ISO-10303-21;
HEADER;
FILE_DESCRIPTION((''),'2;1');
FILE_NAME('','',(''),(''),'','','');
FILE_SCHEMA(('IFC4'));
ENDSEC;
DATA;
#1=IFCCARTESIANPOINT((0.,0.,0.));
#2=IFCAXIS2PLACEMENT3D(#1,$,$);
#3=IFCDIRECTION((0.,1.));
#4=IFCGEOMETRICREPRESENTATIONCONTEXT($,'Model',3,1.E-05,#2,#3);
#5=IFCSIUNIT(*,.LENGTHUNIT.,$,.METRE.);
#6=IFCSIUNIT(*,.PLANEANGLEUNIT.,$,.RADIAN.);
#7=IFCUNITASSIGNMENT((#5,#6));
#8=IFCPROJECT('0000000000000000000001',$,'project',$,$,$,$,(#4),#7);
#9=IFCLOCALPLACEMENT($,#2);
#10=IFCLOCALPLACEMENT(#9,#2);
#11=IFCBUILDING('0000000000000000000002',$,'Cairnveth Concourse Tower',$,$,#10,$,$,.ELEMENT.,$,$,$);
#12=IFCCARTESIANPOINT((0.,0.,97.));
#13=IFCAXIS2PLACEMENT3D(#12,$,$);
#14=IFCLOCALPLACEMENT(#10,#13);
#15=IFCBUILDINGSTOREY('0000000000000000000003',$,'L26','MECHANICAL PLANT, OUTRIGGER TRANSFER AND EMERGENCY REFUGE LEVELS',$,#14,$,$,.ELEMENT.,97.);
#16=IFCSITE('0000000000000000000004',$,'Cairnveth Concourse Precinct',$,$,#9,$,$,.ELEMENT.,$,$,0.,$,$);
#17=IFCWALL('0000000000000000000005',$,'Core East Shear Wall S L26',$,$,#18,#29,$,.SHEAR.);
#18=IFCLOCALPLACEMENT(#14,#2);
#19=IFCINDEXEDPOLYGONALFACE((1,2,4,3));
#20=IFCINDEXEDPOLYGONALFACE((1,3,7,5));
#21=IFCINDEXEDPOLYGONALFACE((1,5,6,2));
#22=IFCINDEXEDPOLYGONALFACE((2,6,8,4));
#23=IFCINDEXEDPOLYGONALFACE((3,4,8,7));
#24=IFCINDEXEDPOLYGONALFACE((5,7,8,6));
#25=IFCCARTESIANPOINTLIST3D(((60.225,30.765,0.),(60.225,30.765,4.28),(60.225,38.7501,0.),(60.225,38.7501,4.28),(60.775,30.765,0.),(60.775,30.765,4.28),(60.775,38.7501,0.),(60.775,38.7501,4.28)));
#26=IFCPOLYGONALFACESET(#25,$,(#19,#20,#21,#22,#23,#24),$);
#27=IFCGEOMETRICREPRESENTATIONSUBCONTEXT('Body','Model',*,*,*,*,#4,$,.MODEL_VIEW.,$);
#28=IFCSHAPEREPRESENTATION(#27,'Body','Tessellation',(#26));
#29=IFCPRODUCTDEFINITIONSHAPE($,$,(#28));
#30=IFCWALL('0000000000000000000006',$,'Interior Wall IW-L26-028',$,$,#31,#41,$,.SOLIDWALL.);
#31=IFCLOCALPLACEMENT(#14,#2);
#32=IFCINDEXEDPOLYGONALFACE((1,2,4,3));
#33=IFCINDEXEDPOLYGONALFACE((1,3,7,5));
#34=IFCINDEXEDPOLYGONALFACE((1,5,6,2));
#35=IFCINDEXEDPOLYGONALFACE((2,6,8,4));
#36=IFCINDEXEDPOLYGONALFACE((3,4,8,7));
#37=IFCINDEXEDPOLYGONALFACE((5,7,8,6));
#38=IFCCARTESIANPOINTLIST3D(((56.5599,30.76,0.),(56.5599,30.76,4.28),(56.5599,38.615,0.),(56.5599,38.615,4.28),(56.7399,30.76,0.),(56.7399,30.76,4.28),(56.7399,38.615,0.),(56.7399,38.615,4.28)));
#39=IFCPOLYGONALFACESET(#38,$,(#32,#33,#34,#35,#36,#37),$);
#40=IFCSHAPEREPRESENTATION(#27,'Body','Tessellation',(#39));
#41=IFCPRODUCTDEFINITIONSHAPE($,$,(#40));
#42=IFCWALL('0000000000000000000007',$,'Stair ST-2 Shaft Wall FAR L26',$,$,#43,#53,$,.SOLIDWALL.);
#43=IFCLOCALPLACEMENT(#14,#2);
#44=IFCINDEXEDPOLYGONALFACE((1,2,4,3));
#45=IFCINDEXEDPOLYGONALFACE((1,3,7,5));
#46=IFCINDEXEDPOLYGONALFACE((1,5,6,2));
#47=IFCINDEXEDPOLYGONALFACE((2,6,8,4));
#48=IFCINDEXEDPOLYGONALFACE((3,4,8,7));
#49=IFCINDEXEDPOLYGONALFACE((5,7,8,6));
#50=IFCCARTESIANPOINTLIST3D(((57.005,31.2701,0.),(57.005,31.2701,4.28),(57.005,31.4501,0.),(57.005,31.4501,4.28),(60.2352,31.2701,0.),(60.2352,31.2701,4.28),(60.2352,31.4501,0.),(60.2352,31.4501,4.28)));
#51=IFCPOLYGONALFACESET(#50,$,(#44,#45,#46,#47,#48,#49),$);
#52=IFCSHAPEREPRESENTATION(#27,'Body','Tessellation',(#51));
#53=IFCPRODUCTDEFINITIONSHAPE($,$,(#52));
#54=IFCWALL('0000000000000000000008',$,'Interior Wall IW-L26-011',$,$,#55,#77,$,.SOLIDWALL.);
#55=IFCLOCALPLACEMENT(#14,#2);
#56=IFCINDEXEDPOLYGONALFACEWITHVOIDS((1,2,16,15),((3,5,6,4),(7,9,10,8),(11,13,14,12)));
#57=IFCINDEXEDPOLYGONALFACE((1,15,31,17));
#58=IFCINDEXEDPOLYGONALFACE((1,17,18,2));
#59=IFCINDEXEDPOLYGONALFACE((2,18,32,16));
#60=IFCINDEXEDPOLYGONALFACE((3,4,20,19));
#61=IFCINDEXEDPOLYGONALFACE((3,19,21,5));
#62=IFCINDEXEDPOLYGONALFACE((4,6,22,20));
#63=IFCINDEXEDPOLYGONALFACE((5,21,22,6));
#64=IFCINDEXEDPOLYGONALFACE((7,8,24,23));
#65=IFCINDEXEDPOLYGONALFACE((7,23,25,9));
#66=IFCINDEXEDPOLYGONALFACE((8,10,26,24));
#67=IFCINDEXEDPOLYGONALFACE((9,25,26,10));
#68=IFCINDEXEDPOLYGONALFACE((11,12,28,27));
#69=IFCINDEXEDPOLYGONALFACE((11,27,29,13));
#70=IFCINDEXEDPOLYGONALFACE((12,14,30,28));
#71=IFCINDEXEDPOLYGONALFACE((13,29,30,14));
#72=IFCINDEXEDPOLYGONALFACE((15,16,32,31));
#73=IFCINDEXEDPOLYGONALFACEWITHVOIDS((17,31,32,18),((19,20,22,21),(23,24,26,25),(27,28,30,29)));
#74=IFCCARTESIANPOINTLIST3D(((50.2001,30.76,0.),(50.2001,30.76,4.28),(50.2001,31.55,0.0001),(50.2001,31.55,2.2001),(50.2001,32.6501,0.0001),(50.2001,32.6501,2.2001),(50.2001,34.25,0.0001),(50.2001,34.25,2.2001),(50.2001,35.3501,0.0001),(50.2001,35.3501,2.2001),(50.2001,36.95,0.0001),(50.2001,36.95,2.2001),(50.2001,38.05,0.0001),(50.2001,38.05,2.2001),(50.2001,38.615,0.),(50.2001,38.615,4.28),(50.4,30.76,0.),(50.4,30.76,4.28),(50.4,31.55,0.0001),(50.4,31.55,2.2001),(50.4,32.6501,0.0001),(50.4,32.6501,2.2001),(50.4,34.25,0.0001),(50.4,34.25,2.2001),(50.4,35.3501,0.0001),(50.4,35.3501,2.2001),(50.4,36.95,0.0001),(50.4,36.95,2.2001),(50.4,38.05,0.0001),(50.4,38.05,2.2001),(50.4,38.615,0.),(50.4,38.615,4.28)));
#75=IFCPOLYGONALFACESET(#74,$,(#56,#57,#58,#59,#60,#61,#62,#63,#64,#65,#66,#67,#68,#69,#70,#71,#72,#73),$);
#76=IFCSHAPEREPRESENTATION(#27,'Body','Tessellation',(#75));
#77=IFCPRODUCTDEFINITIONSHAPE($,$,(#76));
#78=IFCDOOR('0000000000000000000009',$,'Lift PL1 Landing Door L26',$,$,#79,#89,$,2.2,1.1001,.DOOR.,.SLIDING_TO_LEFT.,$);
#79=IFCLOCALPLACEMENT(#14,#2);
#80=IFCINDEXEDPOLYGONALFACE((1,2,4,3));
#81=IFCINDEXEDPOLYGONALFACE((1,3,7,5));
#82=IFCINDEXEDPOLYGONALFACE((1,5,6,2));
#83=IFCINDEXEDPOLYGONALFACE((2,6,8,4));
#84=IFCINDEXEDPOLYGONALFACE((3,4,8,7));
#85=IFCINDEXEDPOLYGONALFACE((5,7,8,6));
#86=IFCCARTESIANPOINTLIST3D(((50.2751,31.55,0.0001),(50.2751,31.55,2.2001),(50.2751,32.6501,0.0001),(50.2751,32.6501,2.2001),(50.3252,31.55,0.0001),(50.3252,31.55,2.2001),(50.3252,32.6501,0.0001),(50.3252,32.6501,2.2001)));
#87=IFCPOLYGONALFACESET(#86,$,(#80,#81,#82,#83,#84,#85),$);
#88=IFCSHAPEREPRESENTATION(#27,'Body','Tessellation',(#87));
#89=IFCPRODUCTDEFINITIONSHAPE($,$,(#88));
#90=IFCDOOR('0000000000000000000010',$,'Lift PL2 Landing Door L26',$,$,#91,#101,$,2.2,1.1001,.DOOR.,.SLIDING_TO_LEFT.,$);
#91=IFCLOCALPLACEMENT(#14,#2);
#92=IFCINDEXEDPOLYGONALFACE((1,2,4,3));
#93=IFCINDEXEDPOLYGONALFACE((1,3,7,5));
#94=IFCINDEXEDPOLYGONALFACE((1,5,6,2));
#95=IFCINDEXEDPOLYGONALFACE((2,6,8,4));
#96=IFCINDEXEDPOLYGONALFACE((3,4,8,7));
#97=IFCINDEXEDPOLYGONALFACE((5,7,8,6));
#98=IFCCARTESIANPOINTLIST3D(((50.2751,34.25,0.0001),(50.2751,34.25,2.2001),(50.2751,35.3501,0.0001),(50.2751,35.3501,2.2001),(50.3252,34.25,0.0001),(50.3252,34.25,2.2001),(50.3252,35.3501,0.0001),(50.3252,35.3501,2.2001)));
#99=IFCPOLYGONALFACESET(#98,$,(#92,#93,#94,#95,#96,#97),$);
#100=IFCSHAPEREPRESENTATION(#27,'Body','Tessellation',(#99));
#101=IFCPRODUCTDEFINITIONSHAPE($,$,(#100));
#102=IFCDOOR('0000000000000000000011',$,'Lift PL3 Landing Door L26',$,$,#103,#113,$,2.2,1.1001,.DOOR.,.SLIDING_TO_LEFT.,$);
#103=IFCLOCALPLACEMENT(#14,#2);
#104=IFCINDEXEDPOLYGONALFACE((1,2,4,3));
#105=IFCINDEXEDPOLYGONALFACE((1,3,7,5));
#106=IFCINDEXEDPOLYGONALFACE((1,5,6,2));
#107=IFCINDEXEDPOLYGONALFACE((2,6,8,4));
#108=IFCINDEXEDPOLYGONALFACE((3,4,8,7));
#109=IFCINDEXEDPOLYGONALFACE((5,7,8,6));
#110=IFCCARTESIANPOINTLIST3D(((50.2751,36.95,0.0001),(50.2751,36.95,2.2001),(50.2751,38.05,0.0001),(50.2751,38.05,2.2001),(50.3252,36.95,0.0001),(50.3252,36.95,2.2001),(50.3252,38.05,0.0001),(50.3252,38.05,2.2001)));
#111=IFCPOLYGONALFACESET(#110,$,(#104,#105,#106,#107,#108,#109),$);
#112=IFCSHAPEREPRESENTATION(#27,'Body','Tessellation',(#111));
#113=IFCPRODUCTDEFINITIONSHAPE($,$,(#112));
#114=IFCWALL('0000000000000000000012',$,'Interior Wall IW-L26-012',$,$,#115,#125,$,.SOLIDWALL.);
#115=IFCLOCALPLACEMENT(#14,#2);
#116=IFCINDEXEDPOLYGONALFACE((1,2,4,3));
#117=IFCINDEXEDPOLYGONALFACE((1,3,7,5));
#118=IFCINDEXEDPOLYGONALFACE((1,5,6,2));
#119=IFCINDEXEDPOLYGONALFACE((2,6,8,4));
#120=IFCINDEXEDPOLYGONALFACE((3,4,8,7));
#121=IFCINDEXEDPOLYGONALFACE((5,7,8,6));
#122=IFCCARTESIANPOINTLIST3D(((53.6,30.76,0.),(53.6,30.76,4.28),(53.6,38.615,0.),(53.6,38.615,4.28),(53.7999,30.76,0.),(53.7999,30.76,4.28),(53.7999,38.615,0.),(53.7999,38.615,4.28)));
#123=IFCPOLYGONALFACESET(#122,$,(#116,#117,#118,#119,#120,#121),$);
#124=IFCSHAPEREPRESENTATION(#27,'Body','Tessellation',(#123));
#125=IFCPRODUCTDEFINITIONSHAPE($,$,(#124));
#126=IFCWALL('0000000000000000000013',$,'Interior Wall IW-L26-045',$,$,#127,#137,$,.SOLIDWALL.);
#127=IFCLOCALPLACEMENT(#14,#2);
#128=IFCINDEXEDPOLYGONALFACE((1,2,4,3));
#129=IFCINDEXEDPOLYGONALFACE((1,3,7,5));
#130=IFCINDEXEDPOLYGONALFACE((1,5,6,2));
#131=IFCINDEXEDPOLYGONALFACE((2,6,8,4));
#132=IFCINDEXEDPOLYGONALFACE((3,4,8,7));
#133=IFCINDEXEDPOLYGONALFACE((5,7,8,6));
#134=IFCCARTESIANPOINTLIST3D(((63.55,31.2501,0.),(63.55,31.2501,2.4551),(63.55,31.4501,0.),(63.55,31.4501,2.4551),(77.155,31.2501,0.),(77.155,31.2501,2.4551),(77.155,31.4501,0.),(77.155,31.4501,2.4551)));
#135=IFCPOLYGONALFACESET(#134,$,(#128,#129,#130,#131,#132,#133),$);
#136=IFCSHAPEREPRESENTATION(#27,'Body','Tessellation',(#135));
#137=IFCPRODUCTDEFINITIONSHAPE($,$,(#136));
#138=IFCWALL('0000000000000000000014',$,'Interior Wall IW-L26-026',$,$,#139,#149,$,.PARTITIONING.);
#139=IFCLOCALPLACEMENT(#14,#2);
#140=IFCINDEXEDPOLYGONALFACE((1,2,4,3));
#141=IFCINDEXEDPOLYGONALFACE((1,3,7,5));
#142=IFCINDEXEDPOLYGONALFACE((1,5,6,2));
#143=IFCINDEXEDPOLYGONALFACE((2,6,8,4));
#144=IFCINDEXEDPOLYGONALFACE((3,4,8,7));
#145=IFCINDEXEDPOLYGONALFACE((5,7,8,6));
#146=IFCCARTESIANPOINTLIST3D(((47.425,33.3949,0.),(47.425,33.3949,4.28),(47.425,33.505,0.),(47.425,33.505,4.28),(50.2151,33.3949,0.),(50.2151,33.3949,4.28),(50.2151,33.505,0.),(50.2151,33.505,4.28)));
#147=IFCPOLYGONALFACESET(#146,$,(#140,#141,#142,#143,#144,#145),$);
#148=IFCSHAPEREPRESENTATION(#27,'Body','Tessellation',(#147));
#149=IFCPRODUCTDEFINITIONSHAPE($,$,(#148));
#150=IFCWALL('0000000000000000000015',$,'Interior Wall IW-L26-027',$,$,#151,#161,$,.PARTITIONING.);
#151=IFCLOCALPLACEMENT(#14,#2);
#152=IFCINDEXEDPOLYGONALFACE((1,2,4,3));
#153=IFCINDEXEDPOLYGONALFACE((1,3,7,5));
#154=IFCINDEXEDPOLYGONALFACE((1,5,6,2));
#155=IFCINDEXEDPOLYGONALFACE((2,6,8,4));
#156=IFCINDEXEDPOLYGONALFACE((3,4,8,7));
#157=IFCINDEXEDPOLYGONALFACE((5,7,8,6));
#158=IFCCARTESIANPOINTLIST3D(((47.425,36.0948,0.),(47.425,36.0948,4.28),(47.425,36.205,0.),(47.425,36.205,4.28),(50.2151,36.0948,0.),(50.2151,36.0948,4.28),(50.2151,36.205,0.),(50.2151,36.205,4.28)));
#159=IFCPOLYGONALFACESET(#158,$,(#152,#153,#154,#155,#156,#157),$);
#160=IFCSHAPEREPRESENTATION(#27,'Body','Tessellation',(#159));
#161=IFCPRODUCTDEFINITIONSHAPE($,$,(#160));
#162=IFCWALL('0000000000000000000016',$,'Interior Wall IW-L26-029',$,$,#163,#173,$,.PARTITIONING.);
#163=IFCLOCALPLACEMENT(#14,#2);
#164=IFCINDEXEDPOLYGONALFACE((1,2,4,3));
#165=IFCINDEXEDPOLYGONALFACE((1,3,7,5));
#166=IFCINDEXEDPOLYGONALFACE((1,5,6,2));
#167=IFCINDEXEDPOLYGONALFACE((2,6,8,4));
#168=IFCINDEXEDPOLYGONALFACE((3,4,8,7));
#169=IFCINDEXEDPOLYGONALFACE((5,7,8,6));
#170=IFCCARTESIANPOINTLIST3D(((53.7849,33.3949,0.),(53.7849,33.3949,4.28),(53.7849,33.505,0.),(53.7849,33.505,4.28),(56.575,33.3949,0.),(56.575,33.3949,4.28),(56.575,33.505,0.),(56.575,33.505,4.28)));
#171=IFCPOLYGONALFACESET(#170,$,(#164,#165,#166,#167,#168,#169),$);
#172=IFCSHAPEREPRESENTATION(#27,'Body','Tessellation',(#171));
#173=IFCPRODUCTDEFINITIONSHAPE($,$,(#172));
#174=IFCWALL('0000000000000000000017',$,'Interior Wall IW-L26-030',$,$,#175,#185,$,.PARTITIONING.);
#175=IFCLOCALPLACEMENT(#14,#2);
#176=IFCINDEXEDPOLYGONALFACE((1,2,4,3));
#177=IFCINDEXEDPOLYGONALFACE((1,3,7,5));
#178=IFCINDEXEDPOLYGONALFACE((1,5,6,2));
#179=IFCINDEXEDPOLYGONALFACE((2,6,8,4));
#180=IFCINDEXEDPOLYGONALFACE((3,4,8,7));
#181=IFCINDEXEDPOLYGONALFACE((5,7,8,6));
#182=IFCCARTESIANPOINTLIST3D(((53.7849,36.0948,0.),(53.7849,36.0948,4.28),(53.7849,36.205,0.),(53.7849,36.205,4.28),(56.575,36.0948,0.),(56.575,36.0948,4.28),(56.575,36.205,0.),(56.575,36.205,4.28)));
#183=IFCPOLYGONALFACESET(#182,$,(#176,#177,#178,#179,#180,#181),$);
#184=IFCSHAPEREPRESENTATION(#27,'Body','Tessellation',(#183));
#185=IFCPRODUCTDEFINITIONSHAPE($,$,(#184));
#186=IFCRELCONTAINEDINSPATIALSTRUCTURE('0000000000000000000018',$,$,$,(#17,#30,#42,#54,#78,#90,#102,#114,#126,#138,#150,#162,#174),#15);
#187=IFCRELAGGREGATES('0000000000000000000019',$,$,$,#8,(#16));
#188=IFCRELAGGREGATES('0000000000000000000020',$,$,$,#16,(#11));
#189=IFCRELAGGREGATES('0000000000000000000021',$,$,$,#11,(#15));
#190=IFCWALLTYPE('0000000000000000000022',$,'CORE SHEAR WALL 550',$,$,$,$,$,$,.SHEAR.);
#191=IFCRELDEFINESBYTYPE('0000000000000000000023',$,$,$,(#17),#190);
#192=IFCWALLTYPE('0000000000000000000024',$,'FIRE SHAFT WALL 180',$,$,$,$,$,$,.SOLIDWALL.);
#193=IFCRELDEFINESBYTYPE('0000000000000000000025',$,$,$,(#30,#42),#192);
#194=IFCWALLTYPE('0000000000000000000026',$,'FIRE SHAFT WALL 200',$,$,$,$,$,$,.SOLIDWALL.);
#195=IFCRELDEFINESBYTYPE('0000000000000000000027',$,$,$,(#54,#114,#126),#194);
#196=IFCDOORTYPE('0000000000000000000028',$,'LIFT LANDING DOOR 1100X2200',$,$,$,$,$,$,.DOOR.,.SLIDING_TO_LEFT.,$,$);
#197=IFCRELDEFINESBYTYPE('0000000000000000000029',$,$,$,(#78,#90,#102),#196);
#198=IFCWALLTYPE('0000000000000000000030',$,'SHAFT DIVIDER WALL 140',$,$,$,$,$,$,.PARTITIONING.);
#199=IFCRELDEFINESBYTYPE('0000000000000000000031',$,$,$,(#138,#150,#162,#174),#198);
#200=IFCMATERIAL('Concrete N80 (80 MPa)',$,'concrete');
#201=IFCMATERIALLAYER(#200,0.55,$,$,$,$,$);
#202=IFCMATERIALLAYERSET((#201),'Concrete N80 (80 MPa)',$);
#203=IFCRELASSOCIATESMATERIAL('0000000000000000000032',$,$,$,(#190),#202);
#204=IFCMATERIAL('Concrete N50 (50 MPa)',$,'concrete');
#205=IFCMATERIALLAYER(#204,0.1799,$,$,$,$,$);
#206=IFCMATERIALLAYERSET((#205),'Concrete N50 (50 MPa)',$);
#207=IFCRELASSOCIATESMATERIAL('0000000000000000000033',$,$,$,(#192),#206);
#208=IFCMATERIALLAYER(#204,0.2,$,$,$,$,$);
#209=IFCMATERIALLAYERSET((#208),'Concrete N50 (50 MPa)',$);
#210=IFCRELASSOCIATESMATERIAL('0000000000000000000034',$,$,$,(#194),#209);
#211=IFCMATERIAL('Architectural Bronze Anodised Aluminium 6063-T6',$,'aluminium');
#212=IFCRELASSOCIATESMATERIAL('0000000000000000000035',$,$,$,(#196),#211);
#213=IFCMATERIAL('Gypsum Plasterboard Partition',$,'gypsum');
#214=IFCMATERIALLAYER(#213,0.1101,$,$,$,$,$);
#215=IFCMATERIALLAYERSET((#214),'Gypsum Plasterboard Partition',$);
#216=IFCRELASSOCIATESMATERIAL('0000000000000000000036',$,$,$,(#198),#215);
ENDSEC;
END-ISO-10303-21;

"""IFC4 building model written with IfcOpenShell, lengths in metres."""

from ifc_helpers import new_model, si_unit, direction, frame, frame_2d, origin, place, context, subcontext, project, spatial, rectangle, extrude, material, layer, layer_set, type_object, element, fill, save


model = new_model("IFC4")

# Units and contexts
model_context = context("Model", 3, precision=1e-05, world=origin(), true_north=direction((0.0, 1.0)))
body_context = subcontext(model_context, "Body", "Model", "MODEL_VIEW")
ifc_project = project(units=[si_unit("LENGTHUNIT", "METRE"), si_unit("PLANEANGLEUNIT", "RADIAN")], contexts=[model_context])

# Site, building, storey
site_placement = place(None, origin())
site = spatial("IfcSite", under=ifc_project, at=site_placement, Name="Cairnveth Concourse Precinct", CompositionType="ELEMENT", RefElevation=0.0)
building_placement = place(site_placement, origin())
building = spatial("IfcBuilding", under=site, at=building_placement, Name="Cairnveth Concourse Tower", CompositionType="ELEMENT")
storey_placement = place(building_placement, frame((0.0, 0.0, 97.0)))
storey = spatial("IfcBuildingStorey", under=building, at=storey_placement, Name="L26", Description="MECHANICAL PLANT, OUTRIGGER TRANSFER AND EMERGENCY REFUGE LEVELS", CompositionType="ELEMENT", Elevation=97.0)

# Walls
ifc_material_1 = material(Name="Concrete N80 (80 MPa)", Category="concrete")
ifc_layer_1 = layer(ifc_material_1, 0.55)
ifc_layer_set_1 = layer_set([ifc_layer_1], Name="Concrete N80 (80 MPa)")
wall_type_1 = type_object("IfcWallType", Name="CORE SHEAR WALL 550", PredefinedType="SHEAR", material=ifc_layer_set_1)
wall_1_placement = place(storey_placement, frame((60.5, 30.7649, 0.0), z_axis=(0.0, 0.0, 1.0), x_axis=(0.0, 1.0, 0.0)))
element("IfcWall", 1, at=wall_1_placement, inside=storey, type_object=wall_type_1, Name="Core East Shear Wall S L26", PredefinedType="SHEAR", context=body_context, shape_type="SweptSolid", body=[
    extrude(rectangle(XDim=7.9851, YDim=0.55, at=frame_2d((3.9927, 0.0))), origin(), (0.0, 0.0, 1.0), 4.28),
])
ifc_material_2 = material(Name="Concrete N50 (50 MPa)", Category="concrete")
ifc_layer_2 = layer(ifc_material_2, 0.1799)
ifc_layer_set_2 = layer_set([ifc_layer_2], Name="Concrete N50 (50 MPa)")
wall_type_2 = type_object("IfcWallType", Name="FIRE SHAFT WALL 180", PredefinedType="SOLIDWALL", material=ifc_layer_set_2)
wall_2_placement = place(storey_placement, frame((56.6499, 30.76, 0.0), z_axis=(0.0, 0.0, 1.0), x_axis=(0.0, 1.0, 0.0)))
element("IfcWall", 2, at=wall_2_placement, inside=storey, type_object=wall_type_2, Name="Interior Wall IW-L26-028", PredefinedType="SOLIDWALL", context=body_context, shape_type="SweptSolid", body=[
    extrude(rectangle(XDim=7.855, YDim=0.1799, at=frame_2d((3.9275, 0.0))), origin(), (0.0, 0.0, 1.0), 4.28),
])

# Wall
wall_3_placement = place(storey_placement, frame((57.0049, 31.3601, 0.0), z_axis=(0.0, 0.0, 1.0), x_axis=(1.0, 0.0, 0.0)))
element("IfcWall", 3, at=wall_3_placement, inside=storey, type_object=wall_type_2, Name="Stair ST-2 Shaft Wall FAR L26", PredefinedType="SOLIDWALL", context=body_context, shape_type="SweptSolid", body=[
    extrude(rectangle(XDim=3.2302, YDim=0.1799, at=frame_2d((1.6152, 0.0))), origin(), (0.0, 0.0, 1.0), 4.28),
])

# Wall, openings, doors
ifc_layer_3 = layer(ifc_material_2, 0.2)
ifc_layer_set_3 = layer_set([ifc_layer_3], Name="Concrete N50 (50 MPa)")
wall_type_3 = type_object("IfcWallType", Name="FIRE SHAFT WALL 200", PredefinedType="SOLIDWALL", material=ifc_layer_set_3)
wall_4_placement = place(storey_placement, frame((50.3, 30.76, 0.0), z_axis=(0.0, 0.0, 1.0), x_axis=(0.0, 1.0, 0.0)))
wall_4 = element("IfcWall", 4, at=wall_4_placement, inside=storey, type_object=wall_type_3, Name="Interior Wall IW-L26-011", PredefinedType="SOLIDWALL", context=body_context, shape_type="SweptSolid", body=[
    extrude(rectangle(XDim=7.855, YDim=0.2, at=frame_2d((3.9275, 0.0))), origin(), (0.0, 0.0, 1.0), 4.28),
])
opening_1_placement = place(wall_4_placement, frame((0.79, 0.0, 0.0)))
opening_1 = element("IfcOpeningElement", 5, at=opening_1_placement, cuts=wall_4, PredefinedType="OPENING", context=body_context, shape_type="SweptSolid", body=[
    extrude(rectangle(XDim=1.1001, YDim=2.2, at=frame_2d((0.55, 1.1001))), frame((0.0, 0.1099, 0.0), z_axis=(0.0, -1.0, 0.0), x_axis=(1.0, 0.0, 0.0)), (0.0, 0.0, 1.0), 0.22),
])
opening_2_placement = place(wall_4_placement, frame((3.49, 0.0, 0.0)))
opening_2 = element("IfcOpeningElement", 6, at=opening_2_placement, cuts=wall_4, PredefinedType="OPENING", context=body_context, shape_type="SweptSolid", body=[
    extrude(rectangle(XDim=1.1001, YDim=2.2, at=frame_2d((0.55, 1.1001))), frame((0.0, 0.1099, 0.0), z_axis=(0.0, -1.0, 0.0), x_axis=(1.0, 0.0, 0.0)), (0.0, 0.0, 1.0), 0.22),
])
opening_3_placement = place(wall_4_placement, frame((6.1899, 0.0, 0.0)))
opening_3 = element("IfcOpeningElement", 7, at=opening_3_placement, cuts=wall_4, PredefinedType="OPENING", context=body_context, shape_type="SweptSolid", body=[
    extrude(rectangle(XDim=1.1001, YDim=2.2, at=frame_2d((0.55, 1.1001))), frame((0.0, 0.1099, 0.0), z_axis=(0.0, -1.0, 0.0), x_axis=(1.0, 0.0, 0.0)), (0.0, 0.0, 1.0), 0.22),
])
ifc_material_3 = material(Name="Architectural Bronze Anodised Aluminium 6063-T6", Category="aluminium")
door_type_1 = type_object("IfcDoorType", Name="LIFT LANDING DOOR 1100X2200", OperationType="SLIDING_TO_LEFT", PredefinedType="DOOR", material=ifc_material_3)
door_1_placement = place(opening_1_placement, origin())
door_1 = element("IfcDoor", 8, at=door_1_placement, inside=storey, type_object=door_type_1, Name="Lift PL1 Landing Door L26", OperationType="SLIDING_TO_LEFT", OverallHeight=2.2, OverallWidth=1.1001, PredefinedType="DOOR", context=body_context, shape_type="SweptSolid", body=[
    extrude(rectangle(XDim=1.1001, YDim=2.2, at=frame_2d((0.55, 1.1001))), frame((0.0, 0.0249, 0.0), z_axis=(0.0, -1.0, 0.0), x_axis=(1.0, 0.0, 0.0)), (0.0, 0.0, 1.0), 0.05),
])
fill(opening_1, door_1)
door_2_placement = place(opening_2_placement, origin())
door_2 = element("IfcDoor", 9, at=door_2_placement, inside=storey, type_object=door_type_1, Name="Lift PL2 Landing Door L26", OperationType="SLIDING_TO_LEFT", OverallHeight=2.2, OverallWidth=1.1001, PredefinedType="DOOR", context=body_context, shape_type="SweptSolid", body=[
    extrude(rectangle(XDim=1.1001, YDim=2.2, at=frame_2d((0.55, 1.1001))), frame((0.0, 0.0249, 0.0), z_axis=(0.0, -1.0, 0.0), x_axis=(1.0, 0.0, 0.0)), (0.0, 0.0, 1.0), 0.05),
])
fill(opening_2, door_2)
door_3_placement = place(opening_3_placement, origin())
door_3 = element("IfcDoor", 10, at=door_3_placement, inside=storey, type_object=door_type_1, Name="Lift PL3 Landing Door L26", OperationType="SLIDING_TO_LEFT", OverallHeight=2.2, OverallWidth=1.1001, PredefinedType="DOOR", context=body_context, shape_type="SweptSolid", body=[
    extrude(rectangle(XDim=1.1001, YDim=2.2, at=frame_2d((0.55, 1.1001))), frame((0.0, 0.0249, 0.0), z_axis=(0.0, -1.0, 0.0), x_axis=(1.0, 0.0, 0.0)), (0.0, 0.0, 1.0), 0.05),
])
fill(opening_3, door_3)

# Walls
wall_5_placement = place(storey_placement, frame((53.7, 30.76, 0.0), z_axis=(0.0, 0.0, 1.0), x_axis=(0.0, 1.0, 0.0)))
element("IfcWall", 11, at=wall_5_placement, inside=storey, type_object=wall_type_3, Name="Interior Wall IW-L26-012", PredefinedType="SOLIDWALL", context=body_context, shape_type="SweptSolid", body=[
    extrude(rectangle(XDim=7.855, YDim=0.2, at=frame_2d((3.9275, 0.0))), origin(), (0.0, 0.0, 1.0), 4.28),
])
wall_6_placement = place(storey_placement, frame((63.55, 31.3501, 0.0), z_axis=(0.0, 0.0, 1.0), x_axis=(1.0, 0.0, 0.0)))
element("IfcWall", 12, at=wall_6_placement, inside=storey, type_object=wall_type_3, Name="Interior Wall IW-L26-045", PredefinedType="SOLIDWALL", context=body_context, shape_type="SweptSolid", body=[
    extrude(rectangle(XDim=13.605, YDim=0.2, at=frame_2d((6.8025, 0.0))), origin(), (0.0, 0.0, 1.0), 2.4551),
])
ifc_material_4 = material(Name="Gypsum Plasterboard Partition", Category="gypsum")
ifc_layer_4 = layer(ifc_material_4, 0.1101)
ifc_layer_set_4 = layer_set([ifc_layer_4], Name="Gypsum Plasterboard Partition")
wall_type_4 = type_object("IfcWallType", Name="SHAFT DIVIDER WALL 140", PredefinedType="PARTITIONING", material=ifc_layer_set_4)
for number, where, z_axis, x_axis, name in (
    (13, (47.425, 33.45, 0.0), (0.0, 0.0, 1.0), (1.0, 0.0, 0.0), "Interior Wall IW-L26-026"),
    (14, (47.425, 36.1499, 0.0), (0.0, 0.0, 1.0), (1.0, 0.0, 0.0), "Interior Wall IW-L26-027"),
    (15, (53.7849, 33.45, 0.0), (0.0, 0.0, 1.0), (1.0, 0.0, 0.0), "Interior Wall IW-L26-029"),
    (16, (53.7849, 36.1499, 0.0), (0.0, 0.0, 1.0), (1.0, 0.0, 0.0), "Interior Wall IW-L26-030"),
):
    element("IfcWall", number, at=place(storey_placement, frame(where, z_axis=z_axis, x_axis=x_axis)), inside=storey, type_object=wall_type_4, Name=name, PredefinedType="PARTITIONING", context=body_context, shape_type="SweptSolid", body=[
        extrude(rectangle(XDim=2.79, YDim=0.1101, at=frame_2d((1.395, 0.0))), origin(), (0.0, 0.0, 1.0), 4.28),
    ])

save(model, "model.ifc")
